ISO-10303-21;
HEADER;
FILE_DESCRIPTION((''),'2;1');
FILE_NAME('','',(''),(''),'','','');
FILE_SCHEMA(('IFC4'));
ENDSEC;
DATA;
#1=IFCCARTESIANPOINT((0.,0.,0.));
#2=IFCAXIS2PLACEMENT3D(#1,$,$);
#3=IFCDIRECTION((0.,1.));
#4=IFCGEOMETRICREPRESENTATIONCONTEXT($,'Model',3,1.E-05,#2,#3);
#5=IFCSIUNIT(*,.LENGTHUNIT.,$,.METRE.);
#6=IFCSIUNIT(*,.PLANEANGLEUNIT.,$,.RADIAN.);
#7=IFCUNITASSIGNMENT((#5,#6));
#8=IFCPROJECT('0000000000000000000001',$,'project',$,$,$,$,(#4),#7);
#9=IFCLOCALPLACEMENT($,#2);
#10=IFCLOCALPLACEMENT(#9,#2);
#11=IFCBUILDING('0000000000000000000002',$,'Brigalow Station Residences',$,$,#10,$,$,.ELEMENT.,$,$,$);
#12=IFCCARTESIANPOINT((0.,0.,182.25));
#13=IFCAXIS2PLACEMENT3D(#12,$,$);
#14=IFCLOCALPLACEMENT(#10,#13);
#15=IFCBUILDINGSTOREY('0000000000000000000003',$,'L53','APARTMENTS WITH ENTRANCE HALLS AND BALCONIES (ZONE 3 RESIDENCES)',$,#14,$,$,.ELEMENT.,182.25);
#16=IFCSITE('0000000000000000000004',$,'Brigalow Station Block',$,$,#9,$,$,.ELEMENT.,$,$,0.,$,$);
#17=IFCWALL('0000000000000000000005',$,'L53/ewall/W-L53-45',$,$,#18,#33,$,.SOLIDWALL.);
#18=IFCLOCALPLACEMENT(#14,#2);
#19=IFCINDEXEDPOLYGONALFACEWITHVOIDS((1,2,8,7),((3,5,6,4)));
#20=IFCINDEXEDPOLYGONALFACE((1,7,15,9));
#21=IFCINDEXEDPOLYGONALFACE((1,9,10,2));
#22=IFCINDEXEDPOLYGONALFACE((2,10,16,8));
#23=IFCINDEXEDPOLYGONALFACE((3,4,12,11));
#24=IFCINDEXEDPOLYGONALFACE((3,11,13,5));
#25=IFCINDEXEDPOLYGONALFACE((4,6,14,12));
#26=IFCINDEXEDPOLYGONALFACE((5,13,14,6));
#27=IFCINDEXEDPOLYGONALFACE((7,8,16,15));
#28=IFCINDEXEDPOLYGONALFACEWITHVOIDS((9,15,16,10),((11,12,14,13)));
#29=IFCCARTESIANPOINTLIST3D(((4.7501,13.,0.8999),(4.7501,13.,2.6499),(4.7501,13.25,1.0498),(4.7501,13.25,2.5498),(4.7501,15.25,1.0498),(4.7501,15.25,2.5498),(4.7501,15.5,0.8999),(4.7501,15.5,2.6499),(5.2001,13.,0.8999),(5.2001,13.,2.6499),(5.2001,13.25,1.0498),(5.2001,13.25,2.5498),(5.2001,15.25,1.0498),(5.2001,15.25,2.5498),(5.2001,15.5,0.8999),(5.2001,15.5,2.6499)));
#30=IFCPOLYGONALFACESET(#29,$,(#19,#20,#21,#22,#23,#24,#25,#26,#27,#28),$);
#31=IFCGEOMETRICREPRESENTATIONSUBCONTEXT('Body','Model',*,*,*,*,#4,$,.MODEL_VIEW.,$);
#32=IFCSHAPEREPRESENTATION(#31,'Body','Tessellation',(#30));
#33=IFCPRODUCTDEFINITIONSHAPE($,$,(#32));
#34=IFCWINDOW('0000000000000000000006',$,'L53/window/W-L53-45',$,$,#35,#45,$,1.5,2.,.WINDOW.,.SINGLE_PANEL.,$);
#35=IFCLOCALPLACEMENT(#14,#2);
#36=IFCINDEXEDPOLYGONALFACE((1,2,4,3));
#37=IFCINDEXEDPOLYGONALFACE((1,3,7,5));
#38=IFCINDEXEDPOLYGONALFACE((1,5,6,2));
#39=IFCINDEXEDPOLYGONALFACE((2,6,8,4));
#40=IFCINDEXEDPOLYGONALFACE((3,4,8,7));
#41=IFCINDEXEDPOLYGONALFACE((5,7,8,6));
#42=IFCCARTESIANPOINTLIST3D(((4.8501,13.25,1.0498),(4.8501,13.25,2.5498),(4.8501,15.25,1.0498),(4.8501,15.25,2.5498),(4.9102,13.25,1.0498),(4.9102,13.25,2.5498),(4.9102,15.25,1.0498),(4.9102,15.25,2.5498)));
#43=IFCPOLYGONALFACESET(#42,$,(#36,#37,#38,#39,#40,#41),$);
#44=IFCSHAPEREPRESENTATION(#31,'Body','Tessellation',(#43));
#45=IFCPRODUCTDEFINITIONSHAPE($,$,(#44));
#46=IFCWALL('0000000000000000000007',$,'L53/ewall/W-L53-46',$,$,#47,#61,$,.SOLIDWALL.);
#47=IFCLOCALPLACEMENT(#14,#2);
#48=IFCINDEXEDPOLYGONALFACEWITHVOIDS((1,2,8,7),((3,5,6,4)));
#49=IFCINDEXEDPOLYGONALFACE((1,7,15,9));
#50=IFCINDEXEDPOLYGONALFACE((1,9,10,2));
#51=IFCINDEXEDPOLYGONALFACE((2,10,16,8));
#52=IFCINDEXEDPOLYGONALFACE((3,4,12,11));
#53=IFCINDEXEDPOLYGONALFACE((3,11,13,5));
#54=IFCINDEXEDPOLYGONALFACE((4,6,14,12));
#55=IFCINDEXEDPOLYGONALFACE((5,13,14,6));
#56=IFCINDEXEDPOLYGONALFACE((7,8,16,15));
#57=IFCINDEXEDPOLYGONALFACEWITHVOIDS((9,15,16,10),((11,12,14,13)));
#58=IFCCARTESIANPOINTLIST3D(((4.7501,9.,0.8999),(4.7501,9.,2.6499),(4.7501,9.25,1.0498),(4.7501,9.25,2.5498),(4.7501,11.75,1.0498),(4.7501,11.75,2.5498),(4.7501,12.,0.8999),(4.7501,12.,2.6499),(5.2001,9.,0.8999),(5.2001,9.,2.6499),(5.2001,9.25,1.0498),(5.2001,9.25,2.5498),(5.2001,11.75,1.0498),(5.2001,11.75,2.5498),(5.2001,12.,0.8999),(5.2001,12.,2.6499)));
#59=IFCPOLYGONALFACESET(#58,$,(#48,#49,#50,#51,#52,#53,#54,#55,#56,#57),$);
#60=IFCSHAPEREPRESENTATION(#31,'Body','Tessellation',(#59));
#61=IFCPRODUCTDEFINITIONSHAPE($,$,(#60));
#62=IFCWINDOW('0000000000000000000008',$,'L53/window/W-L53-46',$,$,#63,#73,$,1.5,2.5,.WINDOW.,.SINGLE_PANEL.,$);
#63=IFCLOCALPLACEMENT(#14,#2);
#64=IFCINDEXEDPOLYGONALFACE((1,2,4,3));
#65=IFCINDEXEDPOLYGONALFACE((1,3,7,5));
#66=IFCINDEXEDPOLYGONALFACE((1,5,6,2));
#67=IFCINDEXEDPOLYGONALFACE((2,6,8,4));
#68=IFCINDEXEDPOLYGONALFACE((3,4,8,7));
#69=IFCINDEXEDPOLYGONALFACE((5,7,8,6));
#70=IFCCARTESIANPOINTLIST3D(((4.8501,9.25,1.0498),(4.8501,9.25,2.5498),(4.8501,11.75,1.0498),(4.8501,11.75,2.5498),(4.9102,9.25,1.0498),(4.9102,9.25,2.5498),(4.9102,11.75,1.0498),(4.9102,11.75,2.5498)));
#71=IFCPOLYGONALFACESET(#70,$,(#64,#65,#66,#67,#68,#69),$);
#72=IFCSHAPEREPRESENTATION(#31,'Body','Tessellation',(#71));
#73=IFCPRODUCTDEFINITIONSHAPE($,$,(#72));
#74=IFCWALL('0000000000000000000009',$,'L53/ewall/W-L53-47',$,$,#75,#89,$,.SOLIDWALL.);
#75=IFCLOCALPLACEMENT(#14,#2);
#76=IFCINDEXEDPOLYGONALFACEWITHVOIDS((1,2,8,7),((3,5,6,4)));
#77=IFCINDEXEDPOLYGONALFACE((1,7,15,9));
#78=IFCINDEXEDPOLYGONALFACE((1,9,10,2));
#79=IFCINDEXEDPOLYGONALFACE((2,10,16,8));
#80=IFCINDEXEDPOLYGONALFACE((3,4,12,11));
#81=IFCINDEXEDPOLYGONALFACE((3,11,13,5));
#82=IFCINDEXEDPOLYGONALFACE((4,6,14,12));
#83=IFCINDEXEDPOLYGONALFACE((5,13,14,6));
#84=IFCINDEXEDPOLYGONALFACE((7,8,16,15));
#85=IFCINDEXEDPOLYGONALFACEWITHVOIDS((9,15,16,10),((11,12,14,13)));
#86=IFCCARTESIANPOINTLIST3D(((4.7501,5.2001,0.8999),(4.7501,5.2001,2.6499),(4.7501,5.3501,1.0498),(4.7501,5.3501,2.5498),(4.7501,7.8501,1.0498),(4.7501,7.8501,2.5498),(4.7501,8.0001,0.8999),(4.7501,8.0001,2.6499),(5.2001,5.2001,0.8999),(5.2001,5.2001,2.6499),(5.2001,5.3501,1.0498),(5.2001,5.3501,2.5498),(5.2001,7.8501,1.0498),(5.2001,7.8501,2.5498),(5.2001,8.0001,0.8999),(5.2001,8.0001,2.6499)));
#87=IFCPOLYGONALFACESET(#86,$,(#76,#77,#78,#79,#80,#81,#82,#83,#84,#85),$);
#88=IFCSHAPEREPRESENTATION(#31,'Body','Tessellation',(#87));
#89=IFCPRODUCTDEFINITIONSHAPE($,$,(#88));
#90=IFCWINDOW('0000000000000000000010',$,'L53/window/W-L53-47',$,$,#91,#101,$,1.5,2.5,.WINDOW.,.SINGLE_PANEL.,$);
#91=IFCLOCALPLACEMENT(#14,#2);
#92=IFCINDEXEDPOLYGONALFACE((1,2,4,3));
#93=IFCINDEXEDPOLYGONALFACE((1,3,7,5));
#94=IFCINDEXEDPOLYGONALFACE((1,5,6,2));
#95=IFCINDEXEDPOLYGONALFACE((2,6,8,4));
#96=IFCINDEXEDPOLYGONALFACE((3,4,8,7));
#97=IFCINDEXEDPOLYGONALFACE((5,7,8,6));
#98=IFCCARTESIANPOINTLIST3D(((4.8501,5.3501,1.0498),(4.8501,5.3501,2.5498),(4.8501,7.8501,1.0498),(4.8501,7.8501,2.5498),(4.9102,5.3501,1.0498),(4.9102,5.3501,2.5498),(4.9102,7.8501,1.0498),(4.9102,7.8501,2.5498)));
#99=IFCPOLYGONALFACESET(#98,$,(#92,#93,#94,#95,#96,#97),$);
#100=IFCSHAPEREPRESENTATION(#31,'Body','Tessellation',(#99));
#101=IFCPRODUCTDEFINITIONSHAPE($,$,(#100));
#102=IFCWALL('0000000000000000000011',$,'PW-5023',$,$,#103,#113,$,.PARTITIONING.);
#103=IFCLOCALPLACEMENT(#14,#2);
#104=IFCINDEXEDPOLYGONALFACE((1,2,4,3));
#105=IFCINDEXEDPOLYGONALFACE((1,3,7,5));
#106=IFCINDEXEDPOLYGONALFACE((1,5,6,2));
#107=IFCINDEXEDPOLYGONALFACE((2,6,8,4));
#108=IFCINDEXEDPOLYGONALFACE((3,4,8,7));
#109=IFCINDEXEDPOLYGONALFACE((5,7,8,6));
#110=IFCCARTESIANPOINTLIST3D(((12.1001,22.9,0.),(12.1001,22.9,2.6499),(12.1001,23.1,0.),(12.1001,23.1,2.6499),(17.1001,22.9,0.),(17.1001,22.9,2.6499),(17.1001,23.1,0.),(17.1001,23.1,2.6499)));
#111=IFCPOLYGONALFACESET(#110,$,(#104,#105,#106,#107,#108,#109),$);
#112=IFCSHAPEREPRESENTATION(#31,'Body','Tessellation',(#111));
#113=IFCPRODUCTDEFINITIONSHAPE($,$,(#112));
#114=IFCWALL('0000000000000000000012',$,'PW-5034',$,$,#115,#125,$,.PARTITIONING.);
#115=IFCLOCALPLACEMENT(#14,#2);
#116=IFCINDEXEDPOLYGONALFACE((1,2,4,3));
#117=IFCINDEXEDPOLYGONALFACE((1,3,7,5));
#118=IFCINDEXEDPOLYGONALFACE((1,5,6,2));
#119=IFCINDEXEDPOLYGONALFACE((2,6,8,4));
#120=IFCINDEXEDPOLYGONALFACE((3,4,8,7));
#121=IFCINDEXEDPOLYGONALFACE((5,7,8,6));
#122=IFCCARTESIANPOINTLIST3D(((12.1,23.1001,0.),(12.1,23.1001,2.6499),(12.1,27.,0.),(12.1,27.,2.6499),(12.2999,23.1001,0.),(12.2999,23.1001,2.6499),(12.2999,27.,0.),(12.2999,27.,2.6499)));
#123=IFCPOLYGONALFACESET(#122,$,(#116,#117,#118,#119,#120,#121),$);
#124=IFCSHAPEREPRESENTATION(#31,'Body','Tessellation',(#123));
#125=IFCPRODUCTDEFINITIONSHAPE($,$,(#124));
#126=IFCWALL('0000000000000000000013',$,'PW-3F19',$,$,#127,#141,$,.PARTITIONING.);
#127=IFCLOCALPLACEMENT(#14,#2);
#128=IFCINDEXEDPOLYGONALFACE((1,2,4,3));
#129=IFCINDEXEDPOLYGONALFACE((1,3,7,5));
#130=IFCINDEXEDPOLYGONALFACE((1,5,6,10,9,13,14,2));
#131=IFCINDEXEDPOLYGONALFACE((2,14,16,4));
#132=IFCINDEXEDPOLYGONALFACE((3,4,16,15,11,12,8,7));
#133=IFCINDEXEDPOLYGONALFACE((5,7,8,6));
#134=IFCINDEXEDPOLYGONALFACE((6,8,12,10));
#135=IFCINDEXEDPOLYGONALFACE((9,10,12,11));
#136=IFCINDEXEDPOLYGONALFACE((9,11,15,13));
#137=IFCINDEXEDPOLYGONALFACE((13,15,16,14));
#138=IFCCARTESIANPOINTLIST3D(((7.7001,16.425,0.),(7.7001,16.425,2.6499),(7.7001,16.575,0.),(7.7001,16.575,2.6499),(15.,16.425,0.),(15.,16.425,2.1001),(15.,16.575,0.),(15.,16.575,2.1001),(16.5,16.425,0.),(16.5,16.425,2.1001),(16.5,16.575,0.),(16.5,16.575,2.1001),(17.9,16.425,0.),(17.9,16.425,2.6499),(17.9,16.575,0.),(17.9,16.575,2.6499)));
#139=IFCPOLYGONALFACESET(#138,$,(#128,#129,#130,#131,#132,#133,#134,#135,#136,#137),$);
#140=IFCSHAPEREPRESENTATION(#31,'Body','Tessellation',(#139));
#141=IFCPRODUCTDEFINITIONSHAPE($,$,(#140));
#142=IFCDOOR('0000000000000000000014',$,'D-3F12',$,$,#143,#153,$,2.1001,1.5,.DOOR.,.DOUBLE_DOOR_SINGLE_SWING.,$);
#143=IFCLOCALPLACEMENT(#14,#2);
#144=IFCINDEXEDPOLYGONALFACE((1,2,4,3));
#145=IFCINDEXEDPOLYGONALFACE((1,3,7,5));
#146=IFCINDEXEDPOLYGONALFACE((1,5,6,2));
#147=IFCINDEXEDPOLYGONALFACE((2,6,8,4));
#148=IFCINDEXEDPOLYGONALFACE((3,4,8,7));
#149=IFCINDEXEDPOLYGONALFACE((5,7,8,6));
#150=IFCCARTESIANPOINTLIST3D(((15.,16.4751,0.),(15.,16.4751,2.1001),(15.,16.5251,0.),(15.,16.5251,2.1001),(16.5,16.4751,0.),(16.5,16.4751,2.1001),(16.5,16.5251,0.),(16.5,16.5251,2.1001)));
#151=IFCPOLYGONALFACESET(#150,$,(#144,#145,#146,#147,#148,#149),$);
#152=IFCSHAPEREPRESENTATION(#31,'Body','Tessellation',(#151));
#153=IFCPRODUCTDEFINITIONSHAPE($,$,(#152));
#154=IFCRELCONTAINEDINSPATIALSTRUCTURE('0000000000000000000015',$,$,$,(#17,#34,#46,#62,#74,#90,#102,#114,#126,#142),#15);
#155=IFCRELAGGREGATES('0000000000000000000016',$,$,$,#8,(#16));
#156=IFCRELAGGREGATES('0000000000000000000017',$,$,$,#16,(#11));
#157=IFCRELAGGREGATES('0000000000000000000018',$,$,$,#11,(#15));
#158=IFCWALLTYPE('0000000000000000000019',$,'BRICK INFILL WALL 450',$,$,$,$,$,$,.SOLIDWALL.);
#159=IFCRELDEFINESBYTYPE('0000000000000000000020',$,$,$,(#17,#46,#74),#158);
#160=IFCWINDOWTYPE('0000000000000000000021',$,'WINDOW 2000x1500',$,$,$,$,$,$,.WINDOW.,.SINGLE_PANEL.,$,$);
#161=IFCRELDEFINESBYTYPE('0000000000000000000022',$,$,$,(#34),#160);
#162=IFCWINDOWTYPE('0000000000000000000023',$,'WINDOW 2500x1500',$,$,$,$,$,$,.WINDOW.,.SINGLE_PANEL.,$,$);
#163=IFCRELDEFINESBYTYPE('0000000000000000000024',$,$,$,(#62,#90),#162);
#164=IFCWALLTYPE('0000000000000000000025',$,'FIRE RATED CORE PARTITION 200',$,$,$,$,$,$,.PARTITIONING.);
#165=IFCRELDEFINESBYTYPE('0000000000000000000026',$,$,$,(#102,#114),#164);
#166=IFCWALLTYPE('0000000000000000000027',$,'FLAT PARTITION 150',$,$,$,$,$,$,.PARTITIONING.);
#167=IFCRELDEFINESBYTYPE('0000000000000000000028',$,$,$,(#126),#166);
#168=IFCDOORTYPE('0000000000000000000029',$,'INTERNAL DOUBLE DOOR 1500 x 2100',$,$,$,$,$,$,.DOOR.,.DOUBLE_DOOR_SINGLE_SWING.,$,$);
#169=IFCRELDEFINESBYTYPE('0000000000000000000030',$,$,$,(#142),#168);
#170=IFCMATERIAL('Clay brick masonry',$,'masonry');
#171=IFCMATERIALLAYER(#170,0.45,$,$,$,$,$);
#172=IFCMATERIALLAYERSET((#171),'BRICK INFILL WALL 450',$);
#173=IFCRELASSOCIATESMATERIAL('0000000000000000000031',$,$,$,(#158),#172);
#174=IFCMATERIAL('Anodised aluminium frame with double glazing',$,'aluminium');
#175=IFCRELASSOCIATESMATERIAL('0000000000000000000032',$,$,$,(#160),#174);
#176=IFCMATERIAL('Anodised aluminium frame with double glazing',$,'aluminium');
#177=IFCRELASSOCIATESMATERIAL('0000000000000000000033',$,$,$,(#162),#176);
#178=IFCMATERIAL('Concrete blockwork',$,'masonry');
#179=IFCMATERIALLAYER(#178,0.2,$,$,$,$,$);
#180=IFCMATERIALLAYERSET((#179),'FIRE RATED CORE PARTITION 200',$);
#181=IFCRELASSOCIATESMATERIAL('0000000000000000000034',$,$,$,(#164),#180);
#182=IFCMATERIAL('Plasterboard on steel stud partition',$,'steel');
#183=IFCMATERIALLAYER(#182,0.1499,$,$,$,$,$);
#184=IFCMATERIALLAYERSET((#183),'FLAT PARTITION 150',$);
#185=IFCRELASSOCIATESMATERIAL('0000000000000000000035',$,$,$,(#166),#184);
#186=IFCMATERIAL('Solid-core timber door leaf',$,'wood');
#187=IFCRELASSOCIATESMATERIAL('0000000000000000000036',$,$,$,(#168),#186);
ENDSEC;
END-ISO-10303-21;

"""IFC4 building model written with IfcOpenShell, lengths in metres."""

from ifc_helpers import new_model, si_unit, direction, frame, frame_2d, origin, place, context, subcontext, project, spatial, rectangle, extrude, material, layer, layer_set, type_object, element, fill, save


model = new_model("IFC4")

# Units and contexts
model_context = context("Model", 3, precision=1e-05, world=origin(), true_north=direction((0.0, 1.0)))
body_context = subcontext(model_context, "Body", "Model", "MODEL_VIEW")
ifc_project = project(units=[si_unit("LENGTHUNIT", "METRE"), si_unit("PLANEANGLEUNIT", "RADIAN")], contexts=[model_context])

# Site, building, storey
site_placement = place(None, origin())
site = spatial("IfcSite", under=ifc_project, at=site_placement, Name="Brigalow Station Block", CompositionType="ELEMENT", RefElevation=0.0)
building_placement = place(site_placement, origin())
building = spatial("IfcBuilding", under=site, at=building_placement, Name="Brigalow Station Residences", CompositionType="ELEMENT")
storey_placement = place(building_placement, frame((0.0, 0.0, 182.25)))
storey = spatial("IfcBuildingStorey", under=building, at=storey_placement, Name="L53", Description="APARTMENTS WITH ENTRANCE HALLS AND BALCONIES (ZONE 3 RESIDENCES)", CompositionType="ELEMENT", Elevation=182.25)

# Shared definitions
ifc_material_1 = material(Name="Clay brick masonry", Category="masonry")
ifc_layer_1 = layer(ifc_material_1, 0.45)
ifc_layer_set_1 = layer_set([ifc_layer_1], Name="BRICK INFILL WALL 450")
wall_type_1 = type_object("IfcWallType", Name="BRICK INFILL WALL 450", PredefinedType="SOLIDWALL", material=ifc_layer_set_1)

# Walls, openings, windows
wall_1_placement = place(storey_placement, frame((4.9751, 15.5, 0.8999), z_axis=(0.0, 0.0, 1.0), x_axis=(0.0, -1.0, 0.0)))
wall_1 = element("IfcWall", 1, at=wall_1_placement, inside=storey, type_object=wall_type_1, Name="L53/ewall/W-L53-45", PredefinedType="SOLIDWALL", context=body_context, shape_type="SweptSolid", body=[
    extrude(rectangle(XDim=2.5, YDim=0.45, at=frame_2d((1.25, 0.0))), origin(), (0.0, 0.0, 1.0), 1.75),
])
opening_1_placement = place(wall_1_placement, frame((0.25, 0.0, 0.1499)))
opening_1 = element("IfcOpeningElement", 2, at=opening_1_placement, cuts=wall_1, PredefinedType="OPENING", context=body_context, shape_type="SweptSolid", body=[
    extrude(rectangle(XDim=2.0, YDim=1.5, at=frame_2d((1.0, 0.75))), frame((0.0, 0.2349, 0.0), z_axis=(0.0, -1.0, 0.0), x_axis=(1.0, 0.0, 0.0)), (0.0, 0.0, 1.0), 0.47),
])
ifc_material_2 = material(Name="Anodised aluminium frame with double glazing", Category="aluminium")
window_type_1 = type_object("IfcWindowType", Name="WINDOW 2000x1500", PartitioningType="SINGLE_PANEL", PredefinedType="WINDOW", material=ifc_material_2)
window_1_placement = place(opening_1_placement, origin())
window_1 = element("IfcWindow", 3, at=window_1_placement, inside=storey, type_object=window_type_1, Name="L53/window/W-L53-45", OverallHeight=1.5, OverallWidth=2.0, PartitioningType="SINGLE_PANEL", PredefinedType="WINDOW", context=body_context, shape_type="SweptSolid", body=[
    extrude(rectangle(XDim=2.0, YDim=1.5, at=frame_2d((1.0, 0.75))), frame((0.0, -0.0649, 0.0), z_axis=(0.0, -1.0, 0.0), x_axis=(1.0, 0.0, 0.0)), (0.0, 0.0, 1.0), 0.0601),
])
fill(opening_1, window_1)
wall_2_placement = place(storey_placement, frame((4.9751, 12.0, 0.8999), z_axis=(0.0, 0.0, 1.0), x_axis=(0.0, -1.0, 0.0)))
wall_2 = element("IfcWall", 4, at=wall_2_placement, inside=storey, type_object=wall_type_1, Name="L53/ewall/W-L53-46", PredefinedType="SOLIDWALL", context=body_context, shape_type="SweptSolid", body=[
    extrude(rectangle(XDim=3.0, YDim=0.45, at=frame_2d((1.5, 0.0))), origin(), (0.0, 0.0, 1.0), 1.75),
])
opening_2_placement = place(wall_2_placement, frame((0.25, 0.0, 0.1499)))
opening_2 = element("IfcOpeningElement", 5, at=opening_2_placement, cuts=wall_2, PredefinedType="OPENING", context=body_context, shape_type="SweptSolid", body=[
    extrude(rectangle(XDim=2.5, YDim=1.5, at=frame_2d((1.25, 0.75))), frame((0.0, 0.2349, 0.0), z_axis=(0.0, -1.0, 0.0), x_axis=(1.0, 0.0, 0.0)), (0.0, 0.0, 1.0), 0.47),
])
ifc_material_3 = material(Name="Anodised aluminium frame with double glazing", Category="aluminium")
window_type_2 = type_object("IfcWindowType", Name="WINDOW 2500x1500", PartitioningType="SINGLE_PANEL", PredefinedType="WINDOW", material=ifc_material_3)
window_2_placement = place(opening_2_placement, origin())
window_2 = element("IfcWindow", 6, at=window_2_placement, inside=storey, type_object=window_type_2, Name="L53/window/W-L53-46", OverallHeight=1.5, OverallWidth=2.5, PartitioningType="SINGLE_PANEL", PredefinedType="WINDOW", context=body_context, shape_type="SweptSolid", body=[
    extrude(rectangle(XDim=2.5, YDim=1.5, at=frame_2d((1.25, 0.75))), frame((0.0, -0.0649, 0.0), z_axis=(0.0, -1.0, 0.0), x_axis=(1.0, 0.0, 0.0)), (0.0, 0.0, 1.0), 0.0601),
])
fill(opening_2, window_2)
wall_3_placement = place(storey_placement, frame((4.9751, 8.0, 0.8999), z_axis=(0.0, 0.0, 1.0), x_axis=(0.0, -1.0, 0.0)))
wall_3 = element("IfcWall", 7, at=wall_3_placement, inside=storey, type_object=wall_type_1, Name="L53/ewall/W-L53-47", PredefinedType="SOLIDWALL", context=body_context, shape_type="SweptSolid", body=[
    extrude(rectangle(XDim=2.8, YDim=0.45, at=frame_2d((1.3999, 0.0))), origin(), (0.0, 0.0, 1.0), 1.75),
])
opening_3_placement = place(wall_3_placement, frame((0.1499, 0.0, 0.1499)))
opening_3 = element("IfcOpeningElement", 8, at=opening_3_placement, cuts=wall_3, PredefinedType="OPENING", context=body_context, shape_type="SweptSolid", body=[
    extrude(rectangle(XDim=2.5, YDim=1.5, at=frame_2d((1.25, 0.75))), frame((0.0, 0.2349, 0.0), z_axis=(0.0, -1.0, 0.0), x_axis=(1.0, 0.0, 0.0)), (0.0, 0.0, 1.0), 0.47),
])
window_3_placement = place(opening_3_placement, origin())
window_3 = element("IfcWindow", 9, at=window_3_placement, inside=storey, type_object=window_type_2, Name="L53/window/W-L53-47", OverallHeight=1.5, OverallWidth=2.5, PartitioningType="SINGLE_PANEL", PredefinedType="WINDOW", context=body_context, shape_type="SweptSolid", body=[
    extrude(rectangle(XDim=2.5, YDim=1.5, at=frame_2d((1.25, 0.75))), frame((0.0, -0.0649, 0.0), z_axis=(0.0, -1.0, 0.0), x_axis=(1.0, 0.0, 0.0)), (0.0, 0.0, 1.0), 0.0601),
])
fill(opening_3, window_3)

# Walls
ifc_material_4 = material(Name="Concrete blockwork", Category="masonry")
ifc_layer_2 = layer(ifc_material_4, 0.2)
ifc_layer_set_2 = layer_set([ifc_layer_2], Name="FIRE RATED CORE PARTITION 200")
wall_type_2 = type_object("IfcWallType", Name="FIRE RATED CORE PARTITION 200", PredefinedType="PARTITIONING", material=ifc_layer_set_2)
wall_4_placement = place(storey_placement, frame((12.1001, 23.0, 0.0), z_axis=(0.0, 0.0, 1.0), x_axis=(1.0, 0.0, 0.0)))
element("IfcWall", 10, at=wall_4_placement, inside=storey, type_object=wall_type_2, Name="PW-5023", PredefinedType="PARTITIONING", context=body_context, shape_type="SweptSolid", body=[
    extrude(rectangle(XDim=5.0, YDim=0.2, at=frame_2d((2.5, 0.0))), origin(), (0.0, 0.0, 1.0), 2.6499),
])
wall_5_placement = place(storey_placement, frame((12.2, 23.1001, 0.0), z_axis=(0.0, 0.0, 1.0), x_axis=(0.0, 1.0, 0.0)))
element("IfcWall", 11, at=wall_5_placement, inside=storey, type_object=wall_type_2, Name="PW-5034", PredefinedType="PARTITIONING", context=body_context, shape_type="SweptSolid", body=[
    extrude(rectangle(XDim=3.8999, YDim=0.2, at=frame_2d((1.95, 0.0))), origin(), (0.0, 0.0, 1.0), 2.6499),
])

# Wall, opening, door
ifc_material_5 = material(Name="Plasterboard on steel stud partition", Category="steel")
ifc_layer_3 = layer(ifc_material_5, 0.1499)
ifc_layer_set_3 = layer_set([ifc_layer_3], Name="FLAT PARTITION 150")
wall_type_3 = type_object("IfcWallType", Name="FLAT PARTITION 150", PredefinedType="PARTITIONING", material=ifc_layer_set_3)
wall_6_placement = place(storey_placement, frame((7.7, 16.5, 0.0), z_axis=(0.0, 0.0, 1.0), x_axis=(1.0, 0.0, 0.0)))
wall_6 = element("IfcWall", 12, at=wall_6_placement, inside=storey, type_object=wall_type_3, Name="PW-3F19", PredefinedType="PARTITIONING", context=body_context, shape_type="SweptSolid", body=[
    extrude(rectangle(XDim=10.2, YDim=0.1499, at=frame_2d((5.1001, 0.0))), origin(), (0.0, 0.0, 1.0), 2.6499),
])
opening_4_placement = place(wall_6_placement, frame((7.3, 0.0, 0.0)))
opening_4 = element("IfcOpeningElement", 13, at=opening_4_placement, cuts=wall_6, PredefinedType="OPENING", context=body_context, shape_type="SweptSolid", body=[
    extrude(rectangle(XDim=1.5, YDim=2.1001, at=frame_2d((0.75, 1.05))), frame((0.0, 0.085, 0.0), z_axis=(0.0, -1.0, 0.0), x_axis=(1.0, 0.0, 0.0)), (0.0, 0.0, 1.0), 0.1699),
])
ifc_material_6 = material(Name="Solid-core timber door leaf", Category="wood")
door_type_1 = type_object("IfcDoorType", Name="INTERNAL DOUBLE DOOR 1500 x 2100", OperationType="DOUBLE_DOOR_SINGLE_SWING", PredefinedType="DOOR", material=ifc_material_6)
door_1_placement = place(opening_4_placement, frame((1.5, 0.0, 0.0), z_axis=(0.0, 0.0, 1.0), x_axis=(-1.0, 0.0, 0.0)))
door_1 = element("IfcDoor", 14, at=door_1_placement, inside=storey, type_object=door_type_1, Name="D-3F12", OperationType="DOUBLE_DOOR_SINGLE_SWING", OverallHeight=2.1001, OverallWidth=1.5, PredefinedType="DOOR", context=body_context, shape_type="SweptSolid", body=[
    extrude(rectangle(XDim=1.5, YDim=2.1001, at=frame_2d((0.75, 1.05))), frame((0.0, 0.0249, 0.0), z_axis=(0.0, -1.0, 0.0), x_axis=(1.0, 0.0, 0.0)), (0.0, 0.0, 1.0), 0.05),
])
fill(opening_4, door_1)

save(model, "model.ifc")
